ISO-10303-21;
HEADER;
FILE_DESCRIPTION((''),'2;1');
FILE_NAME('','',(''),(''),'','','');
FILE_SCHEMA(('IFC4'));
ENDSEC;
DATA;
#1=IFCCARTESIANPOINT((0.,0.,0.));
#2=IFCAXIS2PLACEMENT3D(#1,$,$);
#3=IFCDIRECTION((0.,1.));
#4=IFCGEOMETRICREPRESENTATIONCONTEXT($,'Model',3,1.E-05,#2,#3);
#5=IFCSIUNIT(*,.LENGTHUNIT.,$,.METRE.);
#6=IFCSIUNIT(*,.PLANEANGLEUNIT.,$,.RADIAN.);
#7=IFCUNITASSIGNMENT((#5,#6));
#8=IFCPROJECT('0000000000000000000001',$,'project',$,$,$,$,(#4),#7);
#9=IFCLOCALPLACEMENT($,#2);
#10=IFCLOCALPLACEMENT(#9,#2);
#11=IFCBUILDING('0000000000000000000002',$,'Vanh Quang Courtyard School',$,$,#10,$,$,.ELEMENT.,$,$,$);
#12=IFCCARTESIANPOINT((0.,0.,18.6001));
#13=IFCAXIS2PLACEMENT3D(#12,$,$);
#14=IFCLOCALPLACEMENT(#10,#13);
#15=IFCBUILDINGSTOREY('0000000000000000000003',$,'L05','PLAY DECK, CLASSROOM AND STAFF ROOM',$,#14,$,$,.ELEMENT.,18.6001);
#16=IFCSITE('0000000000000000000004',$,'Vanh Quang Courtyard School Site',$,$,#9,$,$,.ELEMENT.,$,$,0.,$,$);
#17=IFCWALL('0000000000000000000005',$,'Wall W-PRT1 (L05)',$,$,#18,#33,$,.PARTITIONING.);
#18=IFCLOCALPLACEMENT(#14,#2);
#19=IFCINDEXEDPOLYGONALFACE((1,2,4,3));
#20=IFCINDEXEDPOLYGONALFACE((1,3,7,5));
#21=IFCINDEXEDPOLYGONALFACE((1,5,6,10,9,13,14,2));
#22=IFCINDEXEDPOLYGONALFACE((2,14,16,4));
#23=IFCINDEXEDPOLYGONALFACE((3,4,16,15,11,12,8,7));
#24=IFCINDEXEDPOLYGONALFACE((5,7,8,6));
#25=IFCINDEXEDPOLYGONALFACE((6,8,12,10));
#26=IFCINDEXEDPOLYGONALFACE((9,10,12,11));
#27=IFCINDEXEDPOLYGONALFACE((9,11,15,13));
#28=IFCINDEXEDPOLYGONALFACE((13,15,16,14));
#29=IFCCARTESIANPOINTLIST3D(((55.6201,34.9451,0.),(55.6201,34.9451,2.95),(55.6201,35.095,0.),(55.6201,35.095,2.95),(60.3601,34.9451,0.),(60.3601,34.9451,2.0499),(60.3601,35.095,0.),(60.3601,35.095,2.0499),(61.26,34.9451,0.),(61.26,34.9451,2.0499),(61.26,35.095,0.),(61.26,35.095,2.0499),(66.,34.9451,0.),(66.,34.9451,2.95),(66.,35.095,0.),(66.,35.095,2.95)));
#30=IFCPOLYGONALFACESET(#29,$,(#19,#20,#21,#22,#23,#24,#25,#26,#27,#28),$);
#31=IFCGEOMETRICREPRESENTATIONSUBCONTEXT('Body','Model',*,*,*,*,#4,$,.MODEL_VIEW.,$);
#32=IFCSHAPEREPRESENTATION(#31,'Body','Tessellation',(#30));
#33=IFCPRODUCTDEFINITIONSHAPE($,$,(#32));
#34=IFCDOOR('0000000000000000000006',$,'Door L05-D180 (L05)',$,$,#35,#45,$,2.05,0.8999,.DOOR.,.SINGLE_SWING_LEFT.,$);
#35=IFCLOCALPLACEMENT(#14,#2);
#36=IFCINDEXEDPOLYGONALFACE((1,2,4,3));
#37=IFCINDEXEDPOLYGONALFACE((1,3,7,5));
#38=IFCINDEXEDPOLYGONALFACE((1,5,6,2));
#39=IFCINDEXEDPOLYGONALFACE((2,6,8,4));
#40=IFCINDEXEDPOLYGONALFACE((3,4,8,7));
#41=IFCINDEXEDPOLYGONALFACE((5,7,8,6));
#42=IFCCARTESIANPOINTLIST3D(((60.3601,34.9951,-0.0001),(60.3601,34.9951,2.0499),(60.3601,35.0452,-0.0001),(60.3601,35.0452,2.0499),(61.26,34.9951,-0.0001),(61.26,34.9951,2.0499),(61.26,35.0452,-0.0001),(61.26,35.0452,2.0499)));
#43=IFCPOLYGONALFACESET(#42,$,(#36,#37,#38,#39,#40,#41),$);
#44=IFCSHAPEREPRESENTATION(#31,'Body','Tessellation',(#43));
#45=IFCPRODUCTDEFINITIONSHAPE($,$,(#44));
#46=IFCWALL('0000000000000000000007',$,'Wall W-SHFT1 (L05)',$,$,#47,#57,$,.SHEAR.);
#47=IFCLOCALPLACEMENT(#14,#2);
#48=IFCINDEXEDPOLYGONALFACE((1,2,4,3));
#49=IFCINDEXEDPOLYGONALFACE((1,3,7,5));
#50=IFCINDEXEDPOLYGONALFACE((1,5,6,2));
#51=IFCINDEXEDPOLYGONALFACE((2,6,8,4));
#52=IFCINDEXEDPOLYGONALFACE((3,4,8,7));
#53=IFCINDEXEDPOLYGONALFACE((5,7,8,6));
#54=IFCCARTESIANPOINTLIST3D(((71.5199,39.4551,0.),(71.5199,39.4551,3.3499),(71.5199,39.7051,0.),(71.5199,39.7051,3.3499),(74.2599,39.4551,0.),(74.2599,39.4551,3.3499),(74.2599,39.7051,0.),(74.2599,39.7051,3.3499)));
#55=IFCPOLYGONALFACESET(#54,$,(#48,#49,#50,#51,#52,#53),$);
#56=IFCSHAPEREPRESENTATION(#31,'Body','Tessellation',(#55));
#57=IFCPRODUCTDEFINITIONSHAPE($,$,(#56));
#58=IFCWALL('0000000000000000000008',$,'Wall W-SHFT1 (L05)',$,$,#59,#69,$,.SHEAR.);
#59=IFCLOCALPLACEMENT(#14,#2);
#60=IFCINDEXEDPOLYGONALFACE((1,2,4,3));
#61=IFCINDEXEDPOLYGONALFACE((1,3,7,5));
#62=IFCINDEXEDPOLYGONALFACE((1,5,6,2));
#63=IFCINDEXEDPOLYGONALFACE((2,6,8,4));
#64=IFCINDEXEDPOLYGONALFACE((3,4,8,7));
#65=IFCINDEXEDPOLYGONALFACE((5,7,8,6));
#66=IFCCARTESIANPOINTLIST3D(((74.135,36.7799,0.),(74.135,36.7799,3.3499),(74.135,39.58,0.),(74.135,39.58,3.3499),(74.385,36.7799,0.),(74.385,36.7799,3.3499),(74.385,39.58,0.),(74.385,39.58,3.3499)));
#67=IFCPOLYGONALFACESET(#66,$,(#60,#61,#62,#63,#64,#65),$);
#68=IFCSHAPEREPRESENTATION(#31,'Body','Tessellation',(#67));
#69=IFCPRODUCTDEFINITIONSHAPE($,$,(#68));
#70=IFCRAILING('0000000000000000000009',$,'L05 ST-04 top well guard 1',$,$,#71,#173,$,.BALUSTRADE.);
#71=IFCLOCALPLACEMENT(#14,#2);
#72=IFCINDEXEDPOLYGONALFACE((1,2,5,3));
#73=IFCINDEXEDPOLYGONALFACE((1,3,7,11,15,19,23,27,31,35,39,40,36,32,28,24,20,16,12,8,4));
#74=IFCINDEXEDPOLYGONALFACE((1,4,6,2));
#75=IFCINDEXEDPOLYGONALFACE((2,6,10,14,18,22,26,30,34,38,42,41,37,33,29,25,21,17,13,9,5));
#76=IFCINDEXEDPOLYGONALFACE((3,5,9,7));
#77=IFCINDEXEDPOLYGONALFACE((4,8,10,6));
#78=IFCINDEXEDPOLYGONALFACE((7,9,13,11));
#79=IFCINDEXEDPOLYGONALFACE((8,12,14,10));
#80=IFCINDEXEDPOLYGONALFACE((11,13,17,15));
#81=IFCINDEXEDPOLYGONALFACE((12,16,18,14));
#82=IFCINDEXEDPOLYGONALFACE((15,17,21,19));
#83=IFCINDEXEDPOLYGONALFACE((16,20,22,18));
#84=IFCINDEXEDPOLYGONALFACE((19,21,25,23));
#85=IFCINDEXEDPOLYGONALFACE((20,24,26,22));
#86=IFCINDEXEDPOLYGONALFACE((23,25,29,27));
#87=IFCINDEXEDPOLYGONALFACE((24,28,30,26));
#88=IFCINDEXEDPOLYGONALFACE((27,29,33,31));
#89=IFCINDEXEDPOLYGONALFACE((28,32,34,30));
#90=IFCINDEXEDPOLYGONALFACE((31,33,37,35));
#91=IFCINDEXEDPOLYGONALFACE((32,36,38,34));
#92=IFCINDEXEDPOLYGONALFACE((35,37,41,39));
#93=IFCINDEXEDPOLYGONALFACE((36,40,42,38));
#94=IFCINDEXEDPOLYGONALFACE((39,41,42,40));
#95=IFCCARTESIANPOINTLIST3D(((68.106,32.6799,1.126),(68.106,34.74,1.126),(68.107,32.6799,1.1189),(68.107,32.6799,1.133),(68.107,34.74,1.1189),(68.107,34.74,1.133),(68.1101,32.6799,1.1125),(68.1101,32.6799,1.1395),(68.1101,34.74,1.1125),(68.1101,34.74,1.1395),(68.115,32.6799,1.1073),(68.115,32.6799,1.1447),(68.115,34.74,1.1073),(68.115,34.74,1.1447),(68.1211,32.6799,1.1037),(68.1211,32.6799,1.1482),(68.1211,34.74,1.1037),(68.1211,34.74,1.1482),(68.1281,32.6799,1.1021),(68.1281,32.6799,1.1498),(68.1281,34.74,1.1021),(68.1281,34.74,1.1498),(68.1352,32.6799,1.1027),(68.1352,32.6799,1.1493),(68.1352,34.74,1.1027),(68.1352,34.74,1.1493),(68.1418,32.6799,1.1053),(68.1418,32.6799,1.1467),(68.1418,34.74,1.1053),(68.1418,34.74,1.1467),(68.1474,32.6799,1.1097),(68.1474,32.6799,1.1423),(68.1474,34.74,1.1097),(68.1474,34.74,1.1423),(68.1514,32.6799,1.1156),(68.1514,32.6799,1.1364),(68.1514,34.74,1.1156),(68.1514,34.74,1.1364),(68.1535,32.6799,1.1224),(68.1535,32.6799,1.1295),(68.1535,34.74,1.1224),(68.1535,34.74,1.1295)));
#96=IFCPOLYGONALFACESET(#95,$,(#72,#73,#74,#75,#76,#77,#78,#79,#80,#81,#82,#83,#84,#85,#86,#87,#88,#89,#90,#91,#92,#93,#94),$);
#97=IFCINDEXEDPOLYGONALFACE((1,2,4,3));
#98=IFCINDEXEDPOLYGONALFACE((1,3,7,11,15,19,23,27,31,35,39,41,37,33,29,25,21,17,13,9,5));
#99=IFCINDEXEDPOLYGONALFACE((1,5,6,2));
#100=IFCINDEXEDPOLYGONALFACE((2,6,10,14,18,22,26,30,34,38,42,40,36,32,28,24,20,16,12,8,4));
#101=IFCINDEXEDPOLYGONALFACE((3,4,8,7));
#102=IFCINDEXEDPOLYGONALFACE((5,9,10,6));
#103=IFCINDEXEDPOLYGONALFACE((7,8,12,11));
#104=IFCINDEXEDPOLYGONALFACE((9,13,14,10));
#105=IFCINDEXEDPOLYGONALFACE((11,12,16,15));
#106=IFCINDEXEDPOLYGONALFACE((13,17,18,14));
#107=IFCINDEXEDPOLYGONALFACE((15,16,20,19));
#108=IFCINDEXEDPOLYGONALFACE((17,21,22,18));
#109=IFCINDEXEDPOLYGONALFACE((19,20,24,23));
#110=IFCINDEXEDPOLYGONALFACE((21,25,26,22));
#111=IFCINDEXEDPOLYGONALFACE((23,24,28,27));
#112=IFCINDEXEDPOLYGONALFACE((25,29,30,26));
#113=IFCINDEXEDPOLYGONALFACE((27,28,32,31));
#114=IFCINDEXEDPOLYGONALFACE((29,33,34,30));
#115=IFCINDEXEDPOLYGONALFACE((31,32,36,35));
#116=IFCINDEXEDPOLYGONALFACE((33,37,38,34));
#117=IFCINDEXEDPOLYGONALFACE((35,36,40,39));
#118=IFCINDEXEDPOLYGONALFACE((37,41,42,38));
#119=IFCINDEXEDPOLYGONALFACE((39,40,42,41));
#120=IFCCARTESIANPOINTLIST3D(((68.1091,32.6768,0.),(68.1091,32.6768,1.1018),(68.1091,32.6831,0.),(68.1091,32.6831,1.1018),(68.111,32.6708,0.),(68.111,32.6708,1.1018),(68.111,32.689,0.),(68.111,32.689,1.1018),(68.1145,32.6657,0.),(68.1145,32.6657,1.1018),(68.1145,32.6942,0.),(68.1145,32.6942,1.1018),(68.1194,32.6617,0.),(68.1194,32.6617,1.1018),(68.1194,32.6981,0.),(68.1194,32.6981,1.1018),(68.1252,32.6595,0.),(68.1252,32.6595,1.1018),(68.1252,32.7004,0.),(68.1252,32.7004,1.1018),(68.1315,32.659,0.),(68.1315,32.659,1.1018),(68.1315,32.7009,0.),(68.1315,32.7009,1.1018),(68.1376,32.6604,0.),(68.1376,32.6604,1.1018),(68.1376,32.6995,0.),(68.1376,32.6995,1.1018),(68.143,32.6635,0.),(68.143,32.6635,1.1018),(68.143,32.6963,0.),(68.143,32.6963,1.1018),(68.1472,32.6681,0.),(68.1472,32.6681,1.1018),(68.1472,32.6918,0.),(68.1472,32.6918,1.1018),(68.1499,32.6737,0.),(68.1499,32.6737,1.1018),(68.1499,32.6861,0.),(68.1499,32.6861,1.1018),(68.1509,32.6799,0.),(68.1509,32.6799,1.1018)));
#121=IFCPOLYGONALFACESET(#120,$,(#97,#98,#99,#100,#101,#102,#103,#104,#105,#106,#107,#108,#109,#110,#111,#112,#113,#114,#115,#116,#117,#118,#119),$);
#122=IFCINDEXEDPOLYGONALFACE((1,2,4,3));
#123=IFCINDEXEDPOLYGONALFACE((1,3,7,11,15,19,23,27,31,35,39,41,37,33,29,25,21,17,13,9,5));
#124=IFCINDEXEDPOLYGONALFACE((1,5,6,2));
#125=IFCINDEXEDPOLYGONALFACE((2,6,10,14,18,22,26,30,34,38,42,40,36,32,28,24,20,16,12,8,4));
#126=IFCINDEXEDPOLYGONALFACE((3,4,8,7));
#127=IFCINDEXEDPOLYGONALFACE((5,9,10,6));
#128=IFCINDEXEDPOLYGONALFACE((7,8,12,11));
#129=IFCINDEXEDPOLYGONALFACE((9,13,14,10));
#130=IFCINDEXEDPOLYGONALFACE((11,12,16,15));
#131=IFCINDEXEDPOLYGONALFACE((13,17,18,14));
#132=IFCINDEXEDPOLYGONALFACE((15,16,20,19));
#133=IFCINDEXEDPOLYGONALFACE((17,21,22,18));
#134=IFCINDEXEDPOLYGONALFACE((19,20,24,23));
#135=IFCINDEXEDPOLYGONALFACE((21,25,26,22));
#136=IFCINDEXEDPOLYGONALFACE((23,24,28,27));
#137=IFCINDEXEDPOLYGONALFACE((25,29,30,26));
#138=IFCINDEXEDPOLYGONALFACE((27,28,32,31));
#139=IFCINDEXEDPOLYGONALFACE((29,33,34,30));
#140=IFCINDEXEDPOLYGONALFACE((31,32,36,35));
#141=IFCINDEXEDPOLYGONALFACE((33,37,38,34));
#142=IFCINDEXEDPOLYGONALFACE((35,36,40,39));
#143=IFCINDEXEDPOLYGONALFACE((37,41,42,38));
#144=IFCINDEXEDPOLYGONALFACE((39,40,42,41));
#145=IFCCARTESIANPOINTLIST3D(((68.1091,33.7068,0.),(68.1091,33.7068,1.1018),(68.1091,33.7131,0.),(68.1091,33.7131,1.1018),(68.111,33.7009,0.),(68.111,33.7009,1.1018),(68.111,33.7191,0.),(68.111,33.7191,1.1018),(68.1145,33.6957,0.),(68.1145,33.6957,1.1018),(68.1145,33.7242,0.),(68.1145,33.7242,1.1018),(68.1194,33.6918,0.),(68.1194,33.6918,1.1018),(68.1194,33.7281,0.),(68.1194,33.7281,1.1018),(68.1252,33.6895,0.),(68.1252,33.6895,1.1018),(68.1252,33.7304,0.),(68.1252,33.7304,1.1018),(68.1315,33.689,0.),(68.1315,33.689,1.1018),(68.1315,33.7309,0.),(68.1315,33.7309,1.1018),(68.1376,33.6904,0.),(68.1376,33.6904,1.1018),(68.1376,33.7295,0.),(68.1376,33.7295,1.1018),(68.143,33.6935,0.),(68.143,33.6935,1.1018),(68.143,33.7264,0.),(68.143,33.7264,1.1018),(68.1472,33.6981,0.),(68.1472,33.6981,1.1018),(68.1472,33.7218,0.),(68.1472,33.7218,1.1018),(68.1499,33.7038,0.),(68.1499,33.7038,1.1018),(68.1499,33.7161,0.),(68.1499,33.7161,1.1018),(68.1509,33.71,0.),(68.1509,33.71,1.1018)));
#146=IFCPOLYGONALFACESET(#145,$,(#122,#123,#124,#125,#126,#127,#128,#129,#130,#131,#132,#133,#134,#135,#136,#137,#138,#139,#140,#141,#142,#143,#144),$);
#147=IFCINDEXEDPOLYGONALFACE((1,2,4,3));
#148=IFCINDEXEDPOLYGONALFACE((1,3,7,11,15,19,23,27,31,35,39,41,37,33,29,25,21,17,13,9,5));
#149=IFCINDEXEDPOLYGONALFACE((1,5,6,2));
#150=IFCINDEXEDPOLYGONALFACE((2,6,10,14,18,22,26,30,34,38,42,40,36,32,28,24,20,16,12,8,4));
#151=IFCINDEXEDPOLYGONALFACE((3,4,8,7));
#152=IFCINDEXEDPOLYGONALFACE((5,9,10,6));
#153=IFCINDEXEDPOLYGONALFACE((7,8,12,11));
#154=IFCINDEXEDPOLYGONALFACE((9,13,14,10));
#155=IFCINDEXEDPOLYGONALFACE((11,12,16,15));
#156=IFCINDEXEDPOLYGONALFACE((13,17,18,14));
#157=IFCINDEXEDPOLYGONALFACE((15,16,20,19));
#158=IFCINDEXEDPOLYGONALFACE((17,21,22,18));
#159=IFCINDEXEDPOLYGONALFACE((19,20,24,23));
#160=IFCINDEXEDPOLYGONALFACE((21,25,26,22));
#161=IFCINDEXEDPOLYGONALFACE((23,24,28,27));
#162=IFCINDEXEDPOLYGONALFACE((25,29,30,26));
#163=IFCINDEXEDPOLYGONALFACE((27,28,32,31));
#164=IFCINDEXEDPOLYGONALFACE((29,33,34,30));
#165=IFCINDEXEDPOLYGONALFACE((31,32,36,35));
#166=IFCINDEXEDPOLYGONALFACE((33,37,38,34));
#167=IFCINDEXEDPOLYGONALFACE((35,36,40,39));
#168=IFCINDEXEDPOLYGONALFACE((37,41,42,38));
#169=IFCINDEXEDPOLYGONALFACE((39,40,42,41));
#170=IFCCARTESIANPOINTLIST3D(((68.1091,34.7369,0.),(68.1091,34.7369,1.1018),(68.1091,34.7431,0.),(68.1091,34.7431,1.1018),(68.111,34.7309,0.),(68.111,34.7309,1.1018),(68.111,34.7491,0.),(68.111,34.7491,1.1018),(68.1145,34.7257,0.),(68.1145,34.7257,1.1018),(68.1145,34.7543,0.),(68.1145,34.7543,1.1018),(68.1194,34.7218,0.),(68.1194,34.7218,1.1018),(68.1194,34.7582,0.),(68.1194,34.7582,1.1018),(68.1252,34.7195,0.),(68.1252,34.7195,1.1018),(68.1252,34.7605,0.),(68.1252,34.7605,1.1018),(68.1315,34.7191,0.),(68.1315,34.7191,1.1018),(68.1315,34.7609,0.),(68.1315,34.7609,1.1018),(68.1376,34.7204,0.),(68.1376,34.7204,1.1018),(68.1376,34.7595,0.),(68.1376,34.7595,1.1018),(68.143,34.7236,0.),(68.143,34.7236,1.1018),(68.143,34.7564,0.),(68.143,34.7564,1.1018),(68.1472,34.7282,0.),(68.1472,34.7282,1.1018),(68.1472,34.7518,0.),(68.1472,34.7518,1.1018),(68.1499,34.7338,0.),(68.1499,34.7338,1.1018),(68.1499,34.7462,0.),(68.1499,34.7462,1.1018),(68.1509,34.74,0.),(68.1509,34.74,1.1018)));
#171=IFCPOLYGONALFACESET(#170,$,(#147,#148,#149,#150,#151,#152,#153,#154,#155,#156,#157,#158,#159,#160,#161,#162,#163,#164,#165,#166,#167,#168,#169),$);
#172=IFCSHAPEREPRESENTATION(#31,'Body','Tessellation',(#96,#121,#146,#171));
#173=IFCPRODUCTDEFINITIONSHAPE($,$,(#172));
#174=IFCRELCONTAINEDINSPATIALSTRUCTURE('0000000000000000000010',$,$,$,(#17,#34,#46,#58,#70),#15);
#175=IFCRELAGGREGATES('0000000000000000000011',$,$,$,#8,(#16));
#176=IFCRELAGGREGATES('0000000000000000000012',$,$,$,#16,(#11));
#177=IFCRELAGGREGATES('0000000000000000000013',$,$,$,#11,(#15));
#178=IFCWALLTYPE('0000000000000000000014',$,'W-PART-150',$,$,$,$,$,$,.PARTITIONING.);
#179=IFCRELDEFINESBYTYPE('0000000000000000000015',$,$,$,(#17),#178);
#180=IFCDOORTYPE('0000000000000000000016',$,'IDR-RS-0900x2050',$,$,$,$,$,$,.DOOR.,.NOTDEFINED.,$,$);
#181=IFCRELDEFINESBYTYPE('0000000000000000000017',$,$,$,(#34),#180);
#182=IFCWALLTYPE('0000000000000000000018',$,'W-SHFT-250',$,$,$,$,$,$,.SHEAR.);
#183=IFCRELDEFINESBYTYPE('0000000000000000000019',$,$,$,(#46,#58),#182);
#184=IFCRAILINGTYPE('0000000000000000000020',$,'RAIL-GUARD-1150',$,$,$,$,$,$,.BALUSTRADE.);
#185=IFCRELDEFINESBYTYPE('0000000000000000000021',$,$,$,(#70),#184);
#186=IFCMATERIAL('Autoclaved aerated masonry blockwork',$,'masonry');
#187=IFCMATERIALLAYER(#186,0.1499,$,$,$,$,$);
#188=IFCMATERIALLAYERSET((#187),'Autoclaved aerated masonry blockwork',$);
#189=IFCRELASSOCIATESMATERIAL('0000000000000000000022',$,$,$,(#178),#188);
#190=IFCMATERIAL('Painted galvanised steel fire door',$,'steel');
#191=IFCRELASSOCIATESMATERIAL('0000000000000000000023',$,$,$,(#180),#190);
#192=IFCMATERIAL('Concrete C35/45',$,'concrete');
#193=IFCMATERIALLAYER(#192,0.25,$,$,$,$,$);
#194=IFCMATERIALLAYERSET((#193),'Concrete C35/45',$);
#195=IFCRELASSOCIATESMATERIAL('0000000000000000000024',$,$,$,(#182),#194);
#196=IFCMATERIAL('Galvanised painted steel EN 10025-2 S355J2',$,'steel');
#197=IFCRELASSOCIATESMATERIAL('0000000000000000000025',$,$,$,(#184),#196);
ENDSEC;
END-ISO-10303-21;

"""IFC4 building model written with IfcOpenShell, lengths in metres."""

from ifc_helpers import new_model, si_unit, direction, frame, frame_2d, origin, origin_2d, place, context, subcontext, project, spatial, rectangle, circle, extrude, material, layer, layer_set, type_object, element, fill, save


model = new_model("IFC4")

# Units and contexts
model_context = context("Model", 3, precision=1e-05, world=origin(), true_north=direction((0.0, 1.0)))
body_context = subcontext(model_context, "Body", "Model", "MODEL_VIEW")
ifc_project = project(units=[si_unit("LENGTHUNIT", "METRE"), si_unit("PLANEANGLEUNIT", "RADIAN")], contexts=[model_context])

# Site, building, storey
site_placement = place(None, origin())
site = spatial("IfcSite", under=ifc_project, at=site_placement, Name="Vanh Quang Courtyard School Site", CompositionType="ELEMENT", RefElevation=0.0)
building_placement = place(site_placement, origin())
building = spatial("IfcBuilding", under=site, at=building_placement, Name="Vanh Quang Courtyard School", CompositionType="ELEMENT")
storey_placement = place(building_placement, frame((0.0, 0.0, 18.6001)))
storey = spatial("IfcBuildingStorey", under=building, at=storey_placement, Name="L05", Description="PLAY DECK, CLASSROOM AND STAFF ROOM", CompositionType="ELEMENT", Elevation=18.6001)

# Shared definitions
ifc_material_1 = material(Name="Concrete C35/45", Category="concrete")

# Shared definitions
ifc_material_2 = material(Name="Painted galvanised steel fire door", Category="steel")

# Wall, opening, door
ifc_material_3 = material(Name="Autoclaved aerated masonry blockwork", Category="masonry")
ifc_layer_1 = layer(ifc_material_3, 0.1499)
ifc_layer_set_1 = layer_set([ifc_layer_1], Name="Autoclaved aerated masonry blockwork")
wall_type_1 = type_object("IfcWallType", Name="W-PART-150", PredefinedType="PARTITIONING", material=ifc_layer_set_1)
wall_1_placement = place(storey_placement, frame((66.0, 35.02, 0.0), z_axis=(0.0, 0.0, 1.0), x_axis=(-1.0, 0.0, 0.0)))
wall_1 = element("IfcWall", 1, at=wall_1_placement, inside=storey, type_object=wall_type_1, Name="Wall W-PRT1 (L05)", PredefinedType="PARTITIONING", context=body_context, shape_type="SweptSolid", body=[
    extrude(rectangle(XDim=10.3799, YDim=0.1499, at=frame_2d((5.1899, 0.0))), origin(), (0.0, 0.0, 1.0), 2.95),
])
opening_1_placement = place(wall_1_placement, frame((4.74, 0.0, 0.0)))
opening_1 = element("IfcOpeningElement", 2, at=opening_1_placement, cuts=wall_1, PredefinedType="OPENING", context=body_context, shape_type="SweptSolid", body=[
    extrude(rectangle(XDim=0.8999, YDim=2.05, at=frame_2d((0.45, 1.0249))), frame((0.0, 0.085, 0.0), z_axis=(0.0, -1.0, 0.0), x_axis=(1.0, 0.0, 0.0)), (0.0, 0.0, 1.0), 0.1699),
])
door_type_1 = type_object("IfcDoorType", Name="IDR-RS-0900x2050", OperationType="NOTDEFINED", PredefinedType="DOOR", material=ifc_material_2)
door_1_placement = place(opening_1_placement, origin())
door_1 = element("IfcDoor", 3, at=door_1_placement, inside=storey, type_object=door_type_1, Name="Door L05-D180 (L05)", OperationType="SINGLE_SWING_LEFT", OverallHeight=2.05, OverallWidth=0.8999, PredefinedType="DOOR", context=body_context, shape_type="SweptSolid", body=[
    extrude(rectangle(XDim=0.8999, YDim=2.05, at=frame_2d((0.45, 1.0249))), frame((0.0, 0.0249, 0.0), z_axis=(0.0, -1.0, 0.0), x_axis=(1.0, 0.0, 0.0)), (0.0, 0.0, 1.0), 0.05),
])
fill(opening_1, door_1)
ifc_layer_2 = layer(ifc_material_1, 0.25)
ifc_layer_set_2 = layer_set([ifc_layer_2], Name="Concrete C35/45")
wall_type_2 = type_object("IfcWallType", Name="W-SHFT-250", PredefinedType="SHEAR", material=ifc_layer_set_2)

# Walls
wall_2_placement = place(storey_placement, frame((74.26, 39.5801, 0.0), z_axis=(0.0, 0.0, 1.0), x_axis=(-1.0, 0.0, 0.0)))
element("IfcWall", 4, at=wall_2_placement, inside=storey, type_object=wall_type_2, Name="Wall W-SHFT1 (L05)", PredefinedType="SHEAR", context=body_context, shape_type="SweptSolid", body=[
    extrude(rectangle(XDim=2.74, YDim=0.25, at=frame_2d((1.3701, 0.0))), origin(), (0.0, 0.0, 1.0), 3.3499),
])
wall_3_placement = place(storey_placement, frame((74.26, 36.78, 0.0), z_axis=(0.0, 0.0, 1.0), x_axis=(0.0, 1.0, 0.0)))
element("IfcWall", 5, at=wall_3_placement, inside=storey, type_object=wall_type_2, Name="Wall W-SHFT1 (L05)", PredefinedType="SHEAR", context=body_context, shape_type="SweptSolid", body=[
    extrude(rectangle(XDim=2.8, YDim=0.25, at=frame_2d((1.3999, 0.0))), origin(), (0.0, 0.0, 1.0), 3.3499),
])

# Railing
ifc_material_4 = material(Name="Galvanised painted steel EN 10025-2 S355J2", Category="steel")
railing_type = type_object("IfcRailingType", Name="RAIL-GUARD-1150", PredefinedType="BALUSTRADE", material=ifc_material_4)
railing_placement = place(storey_placement, frame((68.1299, 32.6799, 0.0)))
element("IfcRailing", 6, at=railing_placement, inside=storey, type_object=railing_type, Name="L05 ST-04 top well guard 1", PredefinedType="BALUSTRADE", context=body_context, shape_type="SweptSolid", body=[
    extrude(circle(Radius=0.0239, at=origin_2d()), frame((0.0, 0.0, 1.126), z_axis=(0.0, 1.0, 0.0), x_axis=(-1.0, 0.0, 0.0)), (0.0, 0.0, 1.0), 2.0601),
    extrude(circle(Radius=0.021, at=origin_2d()), origin(), (0.0, 0.0, 1.0), 1.1018),
    extrude(circle(Radius=0.021, at=origin_2d()), frame((0.0, 1.03, 0.0)), (0.0, 0.0, 1.0), 1.1018),
    extrude(circle(Radius=0.021, at=origin_2d()), frame((0.0, 2.0601, 0.0)), (0.0, 0.0, 1.0), 1.1018),
])

save(model, "model.ifc")
